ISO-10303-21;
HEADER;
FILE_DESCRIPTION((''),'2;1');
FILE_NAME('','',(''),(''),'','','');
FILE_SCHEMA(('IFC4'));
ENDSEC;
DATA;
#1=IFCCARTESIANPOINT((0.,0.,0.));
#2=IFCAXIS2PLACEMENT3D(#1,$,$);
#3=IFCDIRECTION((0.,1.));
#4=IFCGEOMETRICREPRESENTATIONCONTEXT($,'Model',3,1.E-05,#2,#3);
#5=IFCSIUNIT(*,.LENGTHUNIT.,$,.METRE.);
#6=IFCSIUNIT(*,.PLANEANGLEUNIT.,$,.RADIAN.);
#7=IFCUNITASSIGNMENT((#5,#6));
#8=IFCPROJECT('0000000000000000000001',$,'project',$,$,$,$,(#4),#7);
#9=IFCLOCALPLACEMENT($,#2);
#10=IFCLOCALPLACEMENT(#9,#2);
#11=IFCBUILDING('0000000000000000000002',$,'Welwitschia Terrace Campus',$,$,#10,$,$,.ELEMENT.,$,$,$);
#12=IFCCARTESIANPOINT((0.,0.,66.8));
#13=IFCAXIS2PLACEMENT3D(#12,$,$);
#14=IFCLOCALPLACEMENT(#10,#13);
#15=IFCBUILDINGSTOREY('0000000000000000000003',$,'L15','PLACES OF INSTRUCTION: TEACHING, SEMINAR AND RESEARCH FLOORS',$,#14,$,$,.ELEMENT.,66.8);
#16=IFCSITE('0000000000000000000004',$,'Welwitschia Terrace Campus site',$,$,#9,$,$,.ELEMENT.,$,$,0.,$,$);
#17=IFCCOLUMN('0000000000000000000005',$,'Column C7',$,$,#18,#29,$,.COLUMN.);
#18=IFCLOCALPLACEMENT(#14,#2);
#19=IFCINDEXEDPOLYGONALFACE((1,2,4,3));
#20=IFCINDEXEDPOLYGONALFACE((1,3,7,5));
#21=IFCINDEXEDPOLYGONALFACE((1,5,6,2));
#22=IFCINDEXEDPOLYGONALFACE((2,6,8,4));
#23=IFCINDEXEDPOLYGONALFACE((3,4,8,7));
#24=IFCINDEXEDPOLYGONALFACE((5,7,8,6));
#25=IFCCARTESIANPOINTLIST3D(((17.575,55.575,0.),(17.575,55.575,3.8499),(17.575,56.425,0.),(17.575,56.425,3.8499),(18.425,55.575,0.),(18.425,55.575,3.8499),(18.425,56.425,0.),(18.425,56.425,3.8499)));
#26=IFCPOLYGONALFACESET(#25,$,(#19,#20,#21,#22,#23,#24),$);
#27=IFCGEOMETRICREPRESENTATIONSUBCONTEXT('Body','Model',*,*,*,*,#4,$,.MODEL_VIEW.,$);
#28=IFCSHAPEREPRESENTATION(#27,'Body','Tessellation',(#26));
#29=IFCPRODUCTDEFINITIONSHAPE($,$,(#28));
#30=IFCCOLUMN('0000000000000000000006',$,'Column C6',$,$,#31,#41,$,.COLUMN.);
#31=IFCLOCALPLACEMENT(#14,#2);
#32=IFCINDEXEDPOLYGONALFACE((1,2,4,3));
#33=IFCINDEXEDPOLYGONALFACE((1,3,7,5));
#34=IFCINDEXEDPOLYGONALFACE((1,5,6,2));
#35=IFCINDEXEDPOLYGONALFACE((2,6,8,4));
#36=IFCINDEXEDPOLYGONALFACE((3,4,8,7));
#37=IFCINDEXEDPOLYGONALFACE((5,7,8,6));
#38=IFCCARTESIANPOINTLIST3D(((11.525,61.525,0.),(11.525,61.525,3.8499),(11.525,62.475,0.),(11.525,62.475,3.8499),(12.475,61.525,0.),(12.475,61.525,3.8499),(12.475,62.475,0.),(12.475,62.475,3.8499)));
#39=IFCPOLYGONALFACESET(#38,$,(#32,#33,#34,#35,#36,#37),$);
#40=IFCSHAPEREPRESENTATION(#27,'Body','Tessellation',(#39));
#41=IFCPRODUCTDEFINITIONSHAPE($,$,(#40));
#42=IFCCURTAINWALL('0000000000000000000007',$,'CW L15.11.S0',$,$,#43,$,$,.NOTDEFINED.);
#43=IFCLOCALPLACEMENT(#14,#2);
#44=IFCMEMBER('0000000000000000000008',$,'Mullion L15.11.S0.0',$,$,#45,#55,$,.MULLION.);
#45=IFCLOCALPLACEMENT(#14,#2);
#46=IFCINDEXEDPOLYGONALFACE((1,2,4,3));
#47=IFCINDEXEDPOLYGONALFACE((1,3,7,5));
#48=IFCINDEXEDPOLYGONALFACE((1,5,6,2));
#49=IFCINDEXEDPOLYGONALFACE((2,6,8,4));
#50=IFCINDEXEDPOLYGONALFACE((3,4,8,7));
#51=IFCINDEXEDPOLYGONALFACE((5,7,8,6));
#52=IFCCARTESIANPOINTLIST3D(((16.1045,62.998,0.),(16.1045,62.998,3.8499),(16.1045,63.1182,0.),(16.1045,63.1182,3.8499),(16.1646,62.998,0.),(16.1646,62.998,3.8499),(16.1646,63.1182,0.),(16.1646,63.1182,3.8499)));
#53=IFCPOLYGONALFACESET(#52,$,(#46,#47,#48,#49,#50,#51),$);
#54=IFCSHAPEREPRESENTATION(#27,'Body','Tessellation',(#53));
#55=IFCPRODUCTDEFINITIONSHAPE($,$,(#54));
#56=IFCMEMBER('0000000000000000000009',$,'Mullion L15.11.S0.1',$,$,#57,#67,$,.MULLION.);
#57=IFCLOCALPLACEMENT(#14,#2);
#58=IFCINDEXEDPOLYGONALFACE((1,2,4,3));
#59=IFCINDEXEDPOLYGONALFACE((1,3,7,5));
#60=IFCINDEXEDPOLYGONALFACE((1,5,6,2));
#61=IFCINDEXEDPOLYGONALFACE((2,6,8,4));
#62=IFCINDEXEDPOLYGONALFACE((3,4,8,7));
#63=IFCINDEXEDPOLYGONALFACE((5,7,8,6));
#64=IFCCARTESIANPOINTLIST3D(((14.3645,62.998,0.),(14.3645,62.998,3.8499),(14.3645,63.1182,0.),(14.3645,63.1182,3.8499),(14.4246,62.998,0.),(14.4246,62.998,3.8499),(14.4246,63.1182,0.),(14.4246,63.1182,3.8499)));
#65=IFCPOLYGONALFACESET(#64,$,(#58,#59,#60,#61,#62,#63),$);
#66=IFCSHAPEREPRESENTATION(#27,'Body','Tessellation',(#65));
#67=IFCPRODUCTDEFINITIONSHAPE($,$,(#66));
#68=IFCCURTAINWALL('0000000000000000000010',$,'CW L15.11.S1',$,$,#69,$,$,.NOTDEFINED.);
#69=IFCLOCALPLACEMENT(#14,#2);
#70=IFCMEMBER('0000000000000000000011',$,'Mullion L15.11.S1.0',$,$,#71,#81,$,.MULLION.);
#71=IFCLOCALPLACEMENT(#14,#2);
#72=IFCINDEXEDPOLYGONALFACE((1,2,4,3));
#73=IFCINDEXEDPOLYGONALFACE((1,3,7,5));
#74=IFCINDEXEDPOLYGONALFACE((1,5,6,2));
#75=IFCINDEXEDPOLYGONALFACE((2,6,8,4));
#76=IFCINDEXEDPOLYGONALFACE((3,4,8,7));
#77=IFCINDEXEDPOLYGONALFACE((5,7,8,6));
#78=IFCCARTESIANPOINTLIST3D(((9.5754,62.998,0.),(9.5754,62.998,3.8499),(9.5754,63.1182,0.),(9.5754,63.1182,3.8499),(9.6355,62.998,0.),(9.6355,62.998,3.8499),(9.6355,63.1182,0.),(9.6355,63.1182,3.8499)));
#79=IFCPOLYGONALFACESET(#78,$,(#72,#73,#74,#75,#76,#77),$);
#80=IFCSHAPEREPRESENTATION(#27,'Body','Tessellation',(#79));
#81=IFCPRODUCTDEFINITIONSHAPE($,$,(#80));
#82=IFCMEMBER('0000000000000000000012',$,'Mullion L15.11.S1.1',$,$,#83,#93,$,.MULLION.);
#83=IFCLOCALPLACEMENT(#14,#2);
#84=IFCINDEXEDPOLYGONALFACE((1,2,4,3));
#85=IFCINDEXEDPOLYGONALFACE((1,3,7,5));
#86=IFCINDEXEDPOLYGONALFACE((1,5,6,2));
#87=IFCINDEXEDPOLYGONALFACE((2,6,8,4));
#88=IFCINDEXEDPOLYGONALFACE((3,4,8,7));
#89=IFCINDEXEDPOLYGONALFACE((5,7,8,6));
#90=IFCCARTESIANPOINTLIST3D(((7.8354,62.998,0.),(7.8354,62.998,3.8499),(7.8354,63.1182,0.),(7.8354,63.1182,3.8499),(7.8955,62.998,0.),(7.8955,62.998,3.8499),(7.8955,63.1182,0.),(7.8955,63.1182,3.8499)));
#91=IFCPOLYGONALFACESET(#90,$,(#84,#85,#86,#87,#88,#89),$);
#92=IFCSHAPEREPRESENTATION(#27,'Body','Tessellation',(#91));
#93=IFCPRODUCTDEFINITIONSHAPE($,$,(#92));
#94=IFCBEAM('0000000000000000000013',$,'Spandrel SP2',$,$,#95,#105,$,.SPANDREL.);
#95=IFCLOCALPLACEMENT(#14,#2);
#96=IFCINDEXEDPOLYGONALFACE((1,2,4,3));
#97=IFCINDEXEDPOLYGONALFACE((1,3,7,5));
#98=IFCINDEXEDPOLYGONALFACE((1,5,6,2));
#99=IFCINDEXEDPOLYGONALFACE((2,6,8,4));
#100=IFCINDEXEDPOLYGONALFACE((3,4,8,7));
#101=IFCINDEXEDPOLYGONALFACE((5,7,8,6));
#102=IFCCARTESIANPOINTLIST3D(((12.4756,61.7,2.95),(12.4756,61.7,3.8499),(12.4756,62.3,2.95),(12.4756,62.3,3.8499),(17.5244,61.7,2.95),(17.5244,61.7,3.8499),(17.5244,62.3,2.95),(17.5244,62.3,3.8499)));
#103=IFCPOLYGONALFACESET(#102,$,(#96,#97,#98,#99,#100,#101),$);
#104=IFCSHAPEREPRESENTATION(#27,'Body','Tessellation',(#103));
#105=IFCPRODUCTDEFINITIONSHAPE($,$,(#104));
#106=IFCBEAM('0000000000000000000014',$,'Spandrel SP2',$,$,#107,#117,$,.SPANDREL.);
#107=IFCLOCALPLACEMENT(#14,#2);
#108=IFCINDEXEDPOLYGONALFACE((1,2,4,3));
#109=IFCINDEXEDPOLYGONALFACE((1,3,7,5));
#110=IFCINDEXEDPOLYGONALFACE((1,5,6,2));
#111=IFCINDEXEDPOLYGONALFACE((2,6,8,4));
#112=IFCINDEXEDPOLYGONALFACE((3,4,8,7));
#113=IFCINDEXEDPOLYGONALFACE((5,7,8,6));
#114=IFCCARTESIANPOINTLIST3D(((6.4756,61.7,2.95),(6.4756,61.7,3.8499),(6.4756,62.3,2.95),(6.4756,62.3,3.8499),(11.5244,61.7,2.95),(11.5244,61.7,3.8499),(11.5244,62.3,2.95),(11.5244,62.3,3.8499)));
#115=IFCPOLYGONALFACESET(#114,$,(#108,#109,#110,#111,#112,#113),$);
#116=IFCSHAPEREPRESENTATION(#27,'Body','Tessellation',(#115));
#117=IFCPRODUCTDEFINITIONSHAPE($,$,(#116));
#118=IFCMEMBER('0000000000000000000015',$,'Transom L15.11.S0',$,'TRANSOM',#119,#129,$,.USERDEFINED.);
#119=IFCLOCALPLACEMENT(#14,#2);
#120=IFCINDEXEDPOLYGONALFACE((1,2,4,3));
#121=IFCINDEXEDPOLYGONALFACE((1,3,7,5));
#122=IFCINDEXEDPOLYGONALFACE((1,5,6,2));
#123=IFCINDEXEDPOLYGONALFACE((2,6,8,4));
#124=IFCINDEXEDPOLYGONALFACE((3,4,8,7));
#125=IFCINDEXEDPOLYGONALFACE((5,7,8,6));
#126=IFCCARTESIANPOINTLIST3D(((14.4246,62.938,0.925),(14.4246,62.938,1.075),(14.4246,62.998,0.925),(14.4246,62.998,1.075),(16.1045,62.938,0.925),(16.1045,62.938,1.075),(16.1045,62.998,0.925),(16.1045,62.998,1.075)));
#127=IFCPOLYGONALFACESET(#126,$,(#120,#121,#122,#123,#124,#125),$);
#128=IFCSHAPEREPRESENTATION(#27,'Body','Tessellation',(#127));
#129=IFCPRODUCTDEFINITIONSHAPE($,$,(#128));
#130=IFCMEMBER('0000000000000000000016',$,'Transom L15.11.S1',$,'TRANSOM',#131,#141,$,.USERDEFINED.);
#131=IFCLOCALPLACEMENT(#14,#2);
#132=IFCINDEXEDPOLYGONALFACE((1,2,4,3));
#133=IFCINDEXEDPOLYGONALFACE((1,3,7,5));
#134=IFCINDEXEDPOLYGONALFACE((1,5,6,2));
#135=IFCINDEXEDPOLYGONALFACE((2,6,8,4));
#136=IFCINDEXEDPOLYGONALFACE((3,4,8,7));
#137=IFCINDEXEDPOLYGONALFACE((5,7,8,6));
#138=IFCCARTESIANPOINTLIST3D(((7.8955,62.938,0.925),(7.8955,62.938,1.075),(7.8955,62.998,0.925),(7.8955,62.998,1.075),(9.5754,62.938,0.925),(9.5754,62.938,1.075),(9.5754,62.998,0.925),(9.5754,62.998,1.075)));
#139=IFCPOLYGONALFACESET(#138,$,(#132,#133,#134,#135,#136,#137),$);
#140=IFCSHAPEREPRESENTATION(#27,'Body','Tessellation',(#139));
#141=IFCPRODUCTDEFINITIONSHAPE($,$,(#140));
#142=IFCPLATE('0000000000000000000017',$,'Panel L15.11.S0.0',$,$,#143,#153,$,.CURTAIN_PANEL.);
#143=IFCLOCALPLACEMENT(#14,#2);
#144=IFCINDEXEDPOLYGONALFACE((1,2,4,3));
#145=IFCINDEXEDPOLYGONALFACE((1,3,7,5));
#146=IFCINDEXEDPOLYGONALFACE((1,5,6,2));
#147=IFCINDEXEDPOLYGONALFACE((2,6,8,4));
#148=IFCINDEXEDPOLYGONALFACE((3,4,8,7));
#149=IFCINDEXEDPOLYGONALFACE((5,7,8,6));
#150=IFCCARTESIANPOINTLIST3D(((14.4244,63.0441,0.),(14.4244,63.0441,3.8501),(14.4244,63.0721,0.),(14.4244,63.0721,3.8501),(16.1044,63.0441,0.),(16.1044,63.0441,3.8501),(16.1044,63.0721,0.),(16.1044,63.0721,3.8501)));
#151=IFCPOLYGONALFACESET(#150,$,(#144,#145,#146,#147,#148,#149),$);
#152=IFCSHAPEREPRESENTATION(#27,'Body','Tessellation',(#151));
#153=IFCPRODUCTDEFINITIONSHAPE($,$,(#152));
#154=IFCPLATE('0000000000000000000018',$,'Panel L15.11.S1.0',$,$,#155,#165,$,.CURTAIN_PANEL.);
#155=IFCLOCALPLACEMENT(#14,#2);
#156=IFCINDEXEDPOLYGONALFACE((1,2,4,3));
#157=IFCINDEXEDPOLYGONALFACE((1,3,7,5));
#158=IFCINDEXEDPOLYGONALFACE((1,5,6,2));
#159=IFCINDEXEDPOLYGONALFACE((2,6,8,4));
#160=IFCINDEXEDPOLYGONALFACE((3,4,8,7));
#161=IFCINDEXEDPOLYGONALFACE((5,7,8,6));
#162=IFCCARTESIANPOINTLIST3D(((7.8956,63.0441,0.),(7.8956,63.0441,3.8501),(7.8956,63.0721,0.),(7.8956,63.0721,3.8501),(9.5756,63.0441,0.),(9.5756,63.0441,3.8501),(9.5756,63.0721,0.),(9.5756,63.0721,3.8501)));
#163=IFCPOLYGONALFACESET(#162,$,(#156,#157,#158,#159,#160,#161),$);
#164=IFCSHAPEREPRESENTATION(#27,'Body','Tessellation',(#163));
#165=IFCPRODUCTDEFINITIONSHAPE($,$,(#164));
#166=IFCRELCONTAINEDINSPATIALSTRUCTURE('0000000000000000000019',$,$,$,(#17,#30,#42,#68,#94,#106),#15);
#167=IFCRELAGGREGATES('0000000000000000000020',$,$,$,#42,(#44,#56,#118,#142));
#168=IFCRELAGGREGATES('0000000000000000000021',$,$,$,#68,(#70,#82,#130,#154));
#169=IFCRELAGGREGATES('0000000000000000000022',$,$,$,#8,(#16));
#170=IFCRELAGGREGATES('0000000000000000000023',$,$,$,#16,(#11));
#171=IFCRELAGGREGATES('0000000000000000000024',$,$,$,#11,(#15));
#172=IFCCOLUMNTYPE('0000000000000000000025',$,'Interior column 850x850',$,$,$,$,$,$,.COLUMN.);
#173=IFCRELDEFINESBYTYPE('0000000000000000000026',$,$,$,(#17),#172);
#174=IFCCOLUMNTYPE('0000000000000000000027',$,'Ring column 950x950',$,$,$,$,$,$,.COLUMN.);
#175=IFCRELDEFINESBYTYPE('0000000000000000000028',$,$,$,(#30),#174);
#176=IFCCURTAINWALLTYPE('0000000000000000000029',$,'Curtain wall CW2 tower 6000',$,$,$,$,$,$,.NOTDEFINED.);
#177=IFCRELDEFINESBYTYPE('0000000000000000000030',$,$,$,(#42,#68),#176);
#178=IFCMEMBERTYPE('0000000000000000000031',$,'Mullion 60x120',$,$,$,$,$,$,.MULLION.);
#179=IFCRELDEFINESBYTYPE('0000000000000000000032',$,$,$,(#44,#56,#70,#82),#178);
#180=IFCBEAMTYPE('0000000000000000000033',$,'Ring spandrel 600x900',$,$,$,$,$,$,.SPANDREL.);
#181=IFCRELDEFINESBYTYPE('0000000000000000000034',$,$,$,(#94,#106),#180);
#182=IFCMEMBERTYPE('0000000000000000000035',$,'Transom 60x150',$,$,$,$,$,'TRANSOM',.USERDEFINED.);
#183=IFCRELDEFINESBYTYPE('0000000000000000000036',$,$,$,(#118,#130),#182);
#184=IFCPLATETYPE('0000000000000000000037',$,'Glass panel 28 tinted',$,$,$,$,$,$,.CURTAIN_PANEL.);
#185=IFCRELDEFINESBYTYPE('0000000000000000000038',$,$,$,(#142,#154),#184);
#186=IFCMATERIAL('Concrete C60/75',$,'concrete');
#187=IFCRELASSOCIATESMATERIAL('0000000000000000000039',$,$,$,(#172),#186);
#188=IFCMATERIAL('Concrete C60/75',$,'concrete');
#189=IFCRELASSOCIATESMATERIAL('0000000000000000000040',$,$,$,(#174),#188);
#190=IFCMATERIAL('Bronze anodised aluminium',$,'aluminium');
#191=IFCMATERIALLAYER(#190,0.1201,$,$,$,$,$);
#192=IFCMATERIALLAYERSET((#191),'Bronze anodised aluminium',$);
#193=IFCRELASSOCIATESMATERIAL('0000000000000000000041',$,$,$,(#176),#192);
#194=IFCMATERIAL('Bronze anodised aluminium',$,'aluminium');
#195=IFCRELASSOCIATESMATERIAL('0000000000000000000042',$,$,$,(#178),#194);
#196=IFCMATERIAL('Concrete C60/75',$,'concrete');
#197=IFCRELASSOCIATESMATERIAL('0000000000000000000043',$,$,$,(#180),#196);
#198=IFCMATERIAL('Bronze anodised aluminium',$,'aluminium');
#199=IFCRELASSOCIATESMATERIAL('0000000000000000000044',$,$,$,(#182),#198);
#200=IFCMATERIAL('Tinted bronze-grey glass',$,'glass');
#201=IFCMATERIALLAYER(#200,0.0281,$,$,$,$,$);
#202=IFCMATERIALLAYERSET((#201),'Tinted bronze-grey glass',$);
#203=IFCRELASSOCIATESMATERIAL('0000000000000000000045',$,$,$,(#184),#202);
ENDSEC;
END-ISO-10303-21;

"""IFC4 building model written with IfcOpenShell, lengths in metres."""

from ifc_helpers import new_model, si_unit, direction, frame, origin, origin_2d, place, context, subcontext, project, spatial, rectangle, extrude, material, layer, layer_set, material_profile, profile_set, type_object, element, aggregate, save


model = new_model("IFC4")

# Units and contexts
model_context = context("Model", 3, precision=1e-05, world=origin(), true_north=direction((0.0, 1.0)))
body_context = subcontext(model_context, "Body", "Model", "MODEL_VIEW")
ifc_project = project(units=[si_unit("LENGTHUNIT", "METRE"), si_unit("PLANEANGLEUNIT", "RADIAN")], contexts=[model_context])

# Site, building, storey
site_placement = place(None, origin())
site = spatial("IfcSite", under=ifc_project, at=site_placement, Name="Welwitschia Terrace Campus site", CompositionType="ELEMENT", RefElevation=0.0)
building_placement = place(site_placement, origin())
building = spatial("IfcBuilding", under=site, at=building_placement, Name="Welwitschia Terrace Campus", CompositionType="ELEMENT")
storey_placement = place(building_placement, frame((0.0, 0.0, 66.8)))
storey = spatial("IfcBuildingStorey", under=building, at=storey_placement, Name="L15", Description="PLACES OF INSTRUCTION: TEACHING, SEMINAR AND RESEARCH FLOORS", CompositionType="ELEMENT", Elevation=66.8)

# Columns
ifc_material_1 = material(Name="Concrete C60/75", Category="concrete")
ifc_material_profile_1 = material_profile(ifc_material_1, rectangle(XDim=0.8501, YDim=0.8501, at=origin_2d()))
ifc_profile_set_1 = profile_set([ifc_material_profile_1], Name="Concrete C60/75")
column_type_1 = type_object("IfcColumnType", Name="Interior column 850x850", PredefinedType="COLUMN", material=ifc_profile_set_1)
column_1_placement = place(storey_placement, frame((18.0, 56.0, 0.0), z_axis=(0.0, 0.0, 1.0), x_axis=(1.0, 0.0, 0.0)))
element("IfcColumn", 1, at=column_1_placement, inside=storey, type_object=column_type_1, Name="Column C7", PredefinedType="COLUMN", context=body_context, shape_type="SweptSolid", body=[
    extrude(rectangle(XDim=0.8501, YDim=0.8501, at=origin_2d()), origin(), (0.0, 0.0, 1.0), 3.8499),
])
ifc_material_2 = material(Name="Concrete C60/75", Category="concrete")
ifc_material_profile_2 = material_profile(ifc_material_2, rectangle(XDim=0.95, YDim=0.95, at=origin_2d()))
ifc_profile_set_2 = profile_set([ifc_material_profile_2], Name="Concrete C60/75")
column_type_2 = type_object("IfcColumnType", Name="Ring column 950x950", PredefinedType="COLUMN", material=ifc_profile_set_2)
column_2_placement = place(storey_placement, frame((12.0, 62.0, 0.0), z_axis=(0.0, 0.0, 1.0), x_axis=(1.0, 0.0, 0.0)))
element("IfcColumn", 2, at=column_2_placement, inside=storey, type_object=column_type_2, Name="Column C6", PredefinedType="COLUMN", context=body_context, shape_type="SweptSolid", body=[
    extrude(rectangle(XDim=0.95, YDim=0.95, at=origin_2d()), origin(), (0.0, 0.0, 1.0), 3.8499),
])

# Curtain walls, members
ifc_material_3 = material(Name="Bronze anodised aluminium", Category="aluminium")
ifc_layer_1 = layer(ifc_material_3, 0.1201)
ifc_layer_set_1 = layer_set([ifc_layer_1], Name="Bronze anodised aluminium")
curtain_wall_type = type_object("IfcCurtainWallType", Name="Curtain wall CW2 tower 6000", PredefinedType="NOTDEFINED", material=ifc_layer_set_1)
curtain_wall_1_placement = place(storey_placement, origin())
curtain_wall_1 = element("IfcCurtainWall", 3, at=curtain_wall_1_placement, inside=storey, type_object=curtain_wall_type, Name="CW L15.11.S0", PredefinedType="NOTDEFINED")
ifc_material_4 = material(Name="Bronze anodised aluminium", Category="aluminium")
ifc_material_profile_3 = material_profile(ifc_material_4, rectangle(XDim=0.1201, YDim=0.0601, at=origin_2d()))
ifc_profile_set_3 = profile_set([ifc_material_profile_3], Name="Bronze anodised aluminium")
member_type_1 = type_object("IfcMemberType", Name="Mullion 60x120", PredefinedType="MULLION", material=ifc_profile_set_3)
member_1_placement = place(storey_placement, frame((16.1345, 63.0581, 0.0), z_axis=(0.0, 0.0, 1.0), x_axis=(0.0, -1.0, 0.0)))
member_1 = element("IfcMember", 4, at=member_1_placement, type_object=member_type_1, Name="Mullion L15.11.S0.0", PredefinedType="MULLION", context=body_context, shape_type="SweptSolid", body=[
    extrude(rectangle(XDim=0.1201, YDim=0.0601, at=origin_2d()), origin(), (0.0, 0.0, 1.0), 3.8499),
])
member_2_placement = place(storey_placement, frame((14.3945, 63.0581, 0.0), z_axis=(0.0, 0.0, 1.0), x_axis=(0.0, -1.0, 0.0)))
member_2 = element("IfcMember", 5, at=member_2_placement, type_object=member_type_1, Name="Mullion L15.11.S0.1", PredefinedType="MULLION", context=body_context, shape_type="SweptSolid", body=[
    extrude(rectangle(XDim=0.1201, YDim=0.0601, at=origin_2d()), origin(), (0.0, 0.0, 1.0), 3.8499),
])
curtain_wall_2_placement = place(storey_placement, origin())
curtain_wall_2 = element("IfcCurtainWall", 6, at=curtain_wall_2_placement, inside=storey, type_object=curtain_wall_type, Name="CW L15.11.S1", PredefinedType="NOTDEFINED")
member_3_placement = place(storey_placement, frame((9.6055, 63.0581, 0.0), z_axis=(0.0, 0.0, 1.0), x_axis=(0.0, -1.0, 0.0)))
member_3 = element("IfcMember", 7, at=member_3_placement, type_object=member_type_1, Name="Mullion L15.11.S1.0", PredefinedType="MULLION", context=body_context, shape_type="SweptSolid", body=[
    extrude(rectangle(XDim=0.1201, YDim=0.0601, at=origin_2d()), origin(), (0.0, 0.0, 1.0), 3.8499),
])
member_4_placement = place(storey_placement, frame((7.8655, 63.0581, 0.0), z_axis=(0.0, 0.0, 1.0), x_axis=(0.0, -1.0, 0.0)))
member_4 = element("IfcMember", 8, at=member_4_placement, type_object=member_type_1, Name="Mullion L15.11.S1.1", PredefinedType="MULLION", context=body_context, shape_type="SweptSolid", body=[
    extrude(rectangle(XDim=0.1201, YDim=0.0601, at=origin_2d()), origin(), (0.0, 0.0, 1.0), 3.8499),
])

# Beams
ifc_material_5 = material(Name="Concrete C60/75", Category="concrete")
ifc_material_profile_4 = material_profile(ifc_material_5, rectangle(XDim=0.6001, YDim=0.8999, at=origin_2d()))
ifc_profile_set_4 = profile_set([ifc_material_profile_4], Name="Concrete C60/75")
beam_type = type_object("IfcBeamType", Name="Ring spandrel 600x900", PredefinedType="SPANDREL", material=ifc_profile_set_4)
for number, where, z_axis, x_axis, name in (
    (9, (17.5244, 62.0, 3.3999), (-1.0, 0.0, 0.0), (0.0, -1.0, 0.0), "Spandrel SP2"),
    (10, (11.5244, 62.0, 3.3999), (-1.0, 0.0, 0.0), (0.0, -1.0, 0.0), "Spandrel SP2"),
):
    element("IfcBeam", number, at=place(storey_placement, frame(where, z_axis=z_axis, x_axis=x_axis)), inside=storey, type_object=beam_type, Name=name, PredefinedType="SPANDREL", context=body_context, shape_type="SweptSolid", body=[
        extrude(rectangle(XDim=0.6001, YDim=0.8999, at=origin_2d()), origin(), (0.0, 0.0, 1.0), 5.0488),
    ])

# Members
ifc_material_6 = material(Name="Bronze anodised aluminium", Category="aluminium")
ifc_material_profile_5 = material_profile(ifc_material_6, rectangle(XDim=0.0601, YDim=0.1499, at=origin_2d()))
ifc_profile_set_5 = profile_set([ifc_material_profile_5], Name="Bronze anodised aluminium")
member_type_2 = type_object("IfcMemberType", Name="Transom 60x150", ElementType="TRANSOM", PredefinedType="USERDEFINED", material=ifc_profile_set_5)
member_5_placement = place(storey_placement, frame((16.1045, 62.968, 1.0), z_axis=(-1.0, 0.0, 0.0), x_axis=(0.0, -1.0, 0.0)))
member_5 = element("IfcMember", 11, at=member_5_placement, type_object=member_type_2, Name="Transom L15.11.S0", ObjectType="TRANSOM", PredefinedType="USERDEFINED", context=body_context, shape_type="SweptSolid", body=[
    extrude(rectangle(XDim=0.0601, YDim=0.1499, at=origin_2d()), origin(), (0.0, 0.0, 1.0), 1.6799),
])
member_6_placement = place(storey_placement, frame((9.5754, 62.968, 1.0), z_axis=(-1.0, 0.0, 0.0), x_axis=(0.0, -1.0, 0.0)))
member_6 = element("IfcMember", 12, at=member_6_placement, type_object=member_type_2, Name="Transom L15.11.S1", ObjectType="TRANSOM", PredefinedType="USERDEFINED", context=body_context, shape_type="SweptSolid", body=[
    extrude(rectangle(XDim=0.0601, YDim=0.1499, at=origin_2d()), origin(), (0.0, 0.0, 1.0), 1.6799),
])

# Plates
ifc_material_7 = material(Name="Tinted bronze-grey glass", Category="glass")
ifc_layer_2 = layer(ifc_material_7, 0.0281)
ifc_layer_set_2 = layer_set([ifc_layer_2], Name="Tinted bronze-grey glass")
plate_type = type_object("IfcPlateType", Name="Glass panel 28 tinted", PredefinedType="CURTAIN_PANEL", material=ifc_layer_set_2)
plate_1_placement = place(storey_placement, frame((15.2644, 63.0581, 0.0), z_axis=(0.0, 0.0, 1.0), x_axis=(-1.0, 0.0, 0.0)))
plate_1 = element("IfcPlate", 13, at=plate_1_placement, type_object=plate_type, Name="Panel L15.11.S0.0", PredefinedType="CURTAIN_PANEL", context=body_context, shape_type="SweptSolid", body=[
    extrude(rectangle(XDim=1.6799, YDim=0.0281, at=origin_2d()), origin(), (0.0, 0.0, 1.0), 3.8501),
])
aggregate(curtain_wall_1, [member_1, member_2, member_5, plate_1])
plate_2_placement = place(storey_placement, frame((8.7356, 63.0581, 0.0), z_axis=(0.0, 0.0, 1.0), x_axis=(-1.0, 0.0, 0.0)))
plate_2 = element("IfcPlate", 14, at=plate_2_placement, type_object=plate_type, Name="Panel L15.11.S1.0", PredefinedType="CURTAIN_PANEL", context=body_context, shape_type="SweptSolid", body=[
    extrude(rectangle(XDim=1.6799, YDim=0.0281, at=origin_2d()), origin(), (0.0, 0.0, 1.0), 3.8501),
])
aggregate(curtain_wall_2, [member_3, member_4, member_6, plate_2])

save(model, "model.ifc")
